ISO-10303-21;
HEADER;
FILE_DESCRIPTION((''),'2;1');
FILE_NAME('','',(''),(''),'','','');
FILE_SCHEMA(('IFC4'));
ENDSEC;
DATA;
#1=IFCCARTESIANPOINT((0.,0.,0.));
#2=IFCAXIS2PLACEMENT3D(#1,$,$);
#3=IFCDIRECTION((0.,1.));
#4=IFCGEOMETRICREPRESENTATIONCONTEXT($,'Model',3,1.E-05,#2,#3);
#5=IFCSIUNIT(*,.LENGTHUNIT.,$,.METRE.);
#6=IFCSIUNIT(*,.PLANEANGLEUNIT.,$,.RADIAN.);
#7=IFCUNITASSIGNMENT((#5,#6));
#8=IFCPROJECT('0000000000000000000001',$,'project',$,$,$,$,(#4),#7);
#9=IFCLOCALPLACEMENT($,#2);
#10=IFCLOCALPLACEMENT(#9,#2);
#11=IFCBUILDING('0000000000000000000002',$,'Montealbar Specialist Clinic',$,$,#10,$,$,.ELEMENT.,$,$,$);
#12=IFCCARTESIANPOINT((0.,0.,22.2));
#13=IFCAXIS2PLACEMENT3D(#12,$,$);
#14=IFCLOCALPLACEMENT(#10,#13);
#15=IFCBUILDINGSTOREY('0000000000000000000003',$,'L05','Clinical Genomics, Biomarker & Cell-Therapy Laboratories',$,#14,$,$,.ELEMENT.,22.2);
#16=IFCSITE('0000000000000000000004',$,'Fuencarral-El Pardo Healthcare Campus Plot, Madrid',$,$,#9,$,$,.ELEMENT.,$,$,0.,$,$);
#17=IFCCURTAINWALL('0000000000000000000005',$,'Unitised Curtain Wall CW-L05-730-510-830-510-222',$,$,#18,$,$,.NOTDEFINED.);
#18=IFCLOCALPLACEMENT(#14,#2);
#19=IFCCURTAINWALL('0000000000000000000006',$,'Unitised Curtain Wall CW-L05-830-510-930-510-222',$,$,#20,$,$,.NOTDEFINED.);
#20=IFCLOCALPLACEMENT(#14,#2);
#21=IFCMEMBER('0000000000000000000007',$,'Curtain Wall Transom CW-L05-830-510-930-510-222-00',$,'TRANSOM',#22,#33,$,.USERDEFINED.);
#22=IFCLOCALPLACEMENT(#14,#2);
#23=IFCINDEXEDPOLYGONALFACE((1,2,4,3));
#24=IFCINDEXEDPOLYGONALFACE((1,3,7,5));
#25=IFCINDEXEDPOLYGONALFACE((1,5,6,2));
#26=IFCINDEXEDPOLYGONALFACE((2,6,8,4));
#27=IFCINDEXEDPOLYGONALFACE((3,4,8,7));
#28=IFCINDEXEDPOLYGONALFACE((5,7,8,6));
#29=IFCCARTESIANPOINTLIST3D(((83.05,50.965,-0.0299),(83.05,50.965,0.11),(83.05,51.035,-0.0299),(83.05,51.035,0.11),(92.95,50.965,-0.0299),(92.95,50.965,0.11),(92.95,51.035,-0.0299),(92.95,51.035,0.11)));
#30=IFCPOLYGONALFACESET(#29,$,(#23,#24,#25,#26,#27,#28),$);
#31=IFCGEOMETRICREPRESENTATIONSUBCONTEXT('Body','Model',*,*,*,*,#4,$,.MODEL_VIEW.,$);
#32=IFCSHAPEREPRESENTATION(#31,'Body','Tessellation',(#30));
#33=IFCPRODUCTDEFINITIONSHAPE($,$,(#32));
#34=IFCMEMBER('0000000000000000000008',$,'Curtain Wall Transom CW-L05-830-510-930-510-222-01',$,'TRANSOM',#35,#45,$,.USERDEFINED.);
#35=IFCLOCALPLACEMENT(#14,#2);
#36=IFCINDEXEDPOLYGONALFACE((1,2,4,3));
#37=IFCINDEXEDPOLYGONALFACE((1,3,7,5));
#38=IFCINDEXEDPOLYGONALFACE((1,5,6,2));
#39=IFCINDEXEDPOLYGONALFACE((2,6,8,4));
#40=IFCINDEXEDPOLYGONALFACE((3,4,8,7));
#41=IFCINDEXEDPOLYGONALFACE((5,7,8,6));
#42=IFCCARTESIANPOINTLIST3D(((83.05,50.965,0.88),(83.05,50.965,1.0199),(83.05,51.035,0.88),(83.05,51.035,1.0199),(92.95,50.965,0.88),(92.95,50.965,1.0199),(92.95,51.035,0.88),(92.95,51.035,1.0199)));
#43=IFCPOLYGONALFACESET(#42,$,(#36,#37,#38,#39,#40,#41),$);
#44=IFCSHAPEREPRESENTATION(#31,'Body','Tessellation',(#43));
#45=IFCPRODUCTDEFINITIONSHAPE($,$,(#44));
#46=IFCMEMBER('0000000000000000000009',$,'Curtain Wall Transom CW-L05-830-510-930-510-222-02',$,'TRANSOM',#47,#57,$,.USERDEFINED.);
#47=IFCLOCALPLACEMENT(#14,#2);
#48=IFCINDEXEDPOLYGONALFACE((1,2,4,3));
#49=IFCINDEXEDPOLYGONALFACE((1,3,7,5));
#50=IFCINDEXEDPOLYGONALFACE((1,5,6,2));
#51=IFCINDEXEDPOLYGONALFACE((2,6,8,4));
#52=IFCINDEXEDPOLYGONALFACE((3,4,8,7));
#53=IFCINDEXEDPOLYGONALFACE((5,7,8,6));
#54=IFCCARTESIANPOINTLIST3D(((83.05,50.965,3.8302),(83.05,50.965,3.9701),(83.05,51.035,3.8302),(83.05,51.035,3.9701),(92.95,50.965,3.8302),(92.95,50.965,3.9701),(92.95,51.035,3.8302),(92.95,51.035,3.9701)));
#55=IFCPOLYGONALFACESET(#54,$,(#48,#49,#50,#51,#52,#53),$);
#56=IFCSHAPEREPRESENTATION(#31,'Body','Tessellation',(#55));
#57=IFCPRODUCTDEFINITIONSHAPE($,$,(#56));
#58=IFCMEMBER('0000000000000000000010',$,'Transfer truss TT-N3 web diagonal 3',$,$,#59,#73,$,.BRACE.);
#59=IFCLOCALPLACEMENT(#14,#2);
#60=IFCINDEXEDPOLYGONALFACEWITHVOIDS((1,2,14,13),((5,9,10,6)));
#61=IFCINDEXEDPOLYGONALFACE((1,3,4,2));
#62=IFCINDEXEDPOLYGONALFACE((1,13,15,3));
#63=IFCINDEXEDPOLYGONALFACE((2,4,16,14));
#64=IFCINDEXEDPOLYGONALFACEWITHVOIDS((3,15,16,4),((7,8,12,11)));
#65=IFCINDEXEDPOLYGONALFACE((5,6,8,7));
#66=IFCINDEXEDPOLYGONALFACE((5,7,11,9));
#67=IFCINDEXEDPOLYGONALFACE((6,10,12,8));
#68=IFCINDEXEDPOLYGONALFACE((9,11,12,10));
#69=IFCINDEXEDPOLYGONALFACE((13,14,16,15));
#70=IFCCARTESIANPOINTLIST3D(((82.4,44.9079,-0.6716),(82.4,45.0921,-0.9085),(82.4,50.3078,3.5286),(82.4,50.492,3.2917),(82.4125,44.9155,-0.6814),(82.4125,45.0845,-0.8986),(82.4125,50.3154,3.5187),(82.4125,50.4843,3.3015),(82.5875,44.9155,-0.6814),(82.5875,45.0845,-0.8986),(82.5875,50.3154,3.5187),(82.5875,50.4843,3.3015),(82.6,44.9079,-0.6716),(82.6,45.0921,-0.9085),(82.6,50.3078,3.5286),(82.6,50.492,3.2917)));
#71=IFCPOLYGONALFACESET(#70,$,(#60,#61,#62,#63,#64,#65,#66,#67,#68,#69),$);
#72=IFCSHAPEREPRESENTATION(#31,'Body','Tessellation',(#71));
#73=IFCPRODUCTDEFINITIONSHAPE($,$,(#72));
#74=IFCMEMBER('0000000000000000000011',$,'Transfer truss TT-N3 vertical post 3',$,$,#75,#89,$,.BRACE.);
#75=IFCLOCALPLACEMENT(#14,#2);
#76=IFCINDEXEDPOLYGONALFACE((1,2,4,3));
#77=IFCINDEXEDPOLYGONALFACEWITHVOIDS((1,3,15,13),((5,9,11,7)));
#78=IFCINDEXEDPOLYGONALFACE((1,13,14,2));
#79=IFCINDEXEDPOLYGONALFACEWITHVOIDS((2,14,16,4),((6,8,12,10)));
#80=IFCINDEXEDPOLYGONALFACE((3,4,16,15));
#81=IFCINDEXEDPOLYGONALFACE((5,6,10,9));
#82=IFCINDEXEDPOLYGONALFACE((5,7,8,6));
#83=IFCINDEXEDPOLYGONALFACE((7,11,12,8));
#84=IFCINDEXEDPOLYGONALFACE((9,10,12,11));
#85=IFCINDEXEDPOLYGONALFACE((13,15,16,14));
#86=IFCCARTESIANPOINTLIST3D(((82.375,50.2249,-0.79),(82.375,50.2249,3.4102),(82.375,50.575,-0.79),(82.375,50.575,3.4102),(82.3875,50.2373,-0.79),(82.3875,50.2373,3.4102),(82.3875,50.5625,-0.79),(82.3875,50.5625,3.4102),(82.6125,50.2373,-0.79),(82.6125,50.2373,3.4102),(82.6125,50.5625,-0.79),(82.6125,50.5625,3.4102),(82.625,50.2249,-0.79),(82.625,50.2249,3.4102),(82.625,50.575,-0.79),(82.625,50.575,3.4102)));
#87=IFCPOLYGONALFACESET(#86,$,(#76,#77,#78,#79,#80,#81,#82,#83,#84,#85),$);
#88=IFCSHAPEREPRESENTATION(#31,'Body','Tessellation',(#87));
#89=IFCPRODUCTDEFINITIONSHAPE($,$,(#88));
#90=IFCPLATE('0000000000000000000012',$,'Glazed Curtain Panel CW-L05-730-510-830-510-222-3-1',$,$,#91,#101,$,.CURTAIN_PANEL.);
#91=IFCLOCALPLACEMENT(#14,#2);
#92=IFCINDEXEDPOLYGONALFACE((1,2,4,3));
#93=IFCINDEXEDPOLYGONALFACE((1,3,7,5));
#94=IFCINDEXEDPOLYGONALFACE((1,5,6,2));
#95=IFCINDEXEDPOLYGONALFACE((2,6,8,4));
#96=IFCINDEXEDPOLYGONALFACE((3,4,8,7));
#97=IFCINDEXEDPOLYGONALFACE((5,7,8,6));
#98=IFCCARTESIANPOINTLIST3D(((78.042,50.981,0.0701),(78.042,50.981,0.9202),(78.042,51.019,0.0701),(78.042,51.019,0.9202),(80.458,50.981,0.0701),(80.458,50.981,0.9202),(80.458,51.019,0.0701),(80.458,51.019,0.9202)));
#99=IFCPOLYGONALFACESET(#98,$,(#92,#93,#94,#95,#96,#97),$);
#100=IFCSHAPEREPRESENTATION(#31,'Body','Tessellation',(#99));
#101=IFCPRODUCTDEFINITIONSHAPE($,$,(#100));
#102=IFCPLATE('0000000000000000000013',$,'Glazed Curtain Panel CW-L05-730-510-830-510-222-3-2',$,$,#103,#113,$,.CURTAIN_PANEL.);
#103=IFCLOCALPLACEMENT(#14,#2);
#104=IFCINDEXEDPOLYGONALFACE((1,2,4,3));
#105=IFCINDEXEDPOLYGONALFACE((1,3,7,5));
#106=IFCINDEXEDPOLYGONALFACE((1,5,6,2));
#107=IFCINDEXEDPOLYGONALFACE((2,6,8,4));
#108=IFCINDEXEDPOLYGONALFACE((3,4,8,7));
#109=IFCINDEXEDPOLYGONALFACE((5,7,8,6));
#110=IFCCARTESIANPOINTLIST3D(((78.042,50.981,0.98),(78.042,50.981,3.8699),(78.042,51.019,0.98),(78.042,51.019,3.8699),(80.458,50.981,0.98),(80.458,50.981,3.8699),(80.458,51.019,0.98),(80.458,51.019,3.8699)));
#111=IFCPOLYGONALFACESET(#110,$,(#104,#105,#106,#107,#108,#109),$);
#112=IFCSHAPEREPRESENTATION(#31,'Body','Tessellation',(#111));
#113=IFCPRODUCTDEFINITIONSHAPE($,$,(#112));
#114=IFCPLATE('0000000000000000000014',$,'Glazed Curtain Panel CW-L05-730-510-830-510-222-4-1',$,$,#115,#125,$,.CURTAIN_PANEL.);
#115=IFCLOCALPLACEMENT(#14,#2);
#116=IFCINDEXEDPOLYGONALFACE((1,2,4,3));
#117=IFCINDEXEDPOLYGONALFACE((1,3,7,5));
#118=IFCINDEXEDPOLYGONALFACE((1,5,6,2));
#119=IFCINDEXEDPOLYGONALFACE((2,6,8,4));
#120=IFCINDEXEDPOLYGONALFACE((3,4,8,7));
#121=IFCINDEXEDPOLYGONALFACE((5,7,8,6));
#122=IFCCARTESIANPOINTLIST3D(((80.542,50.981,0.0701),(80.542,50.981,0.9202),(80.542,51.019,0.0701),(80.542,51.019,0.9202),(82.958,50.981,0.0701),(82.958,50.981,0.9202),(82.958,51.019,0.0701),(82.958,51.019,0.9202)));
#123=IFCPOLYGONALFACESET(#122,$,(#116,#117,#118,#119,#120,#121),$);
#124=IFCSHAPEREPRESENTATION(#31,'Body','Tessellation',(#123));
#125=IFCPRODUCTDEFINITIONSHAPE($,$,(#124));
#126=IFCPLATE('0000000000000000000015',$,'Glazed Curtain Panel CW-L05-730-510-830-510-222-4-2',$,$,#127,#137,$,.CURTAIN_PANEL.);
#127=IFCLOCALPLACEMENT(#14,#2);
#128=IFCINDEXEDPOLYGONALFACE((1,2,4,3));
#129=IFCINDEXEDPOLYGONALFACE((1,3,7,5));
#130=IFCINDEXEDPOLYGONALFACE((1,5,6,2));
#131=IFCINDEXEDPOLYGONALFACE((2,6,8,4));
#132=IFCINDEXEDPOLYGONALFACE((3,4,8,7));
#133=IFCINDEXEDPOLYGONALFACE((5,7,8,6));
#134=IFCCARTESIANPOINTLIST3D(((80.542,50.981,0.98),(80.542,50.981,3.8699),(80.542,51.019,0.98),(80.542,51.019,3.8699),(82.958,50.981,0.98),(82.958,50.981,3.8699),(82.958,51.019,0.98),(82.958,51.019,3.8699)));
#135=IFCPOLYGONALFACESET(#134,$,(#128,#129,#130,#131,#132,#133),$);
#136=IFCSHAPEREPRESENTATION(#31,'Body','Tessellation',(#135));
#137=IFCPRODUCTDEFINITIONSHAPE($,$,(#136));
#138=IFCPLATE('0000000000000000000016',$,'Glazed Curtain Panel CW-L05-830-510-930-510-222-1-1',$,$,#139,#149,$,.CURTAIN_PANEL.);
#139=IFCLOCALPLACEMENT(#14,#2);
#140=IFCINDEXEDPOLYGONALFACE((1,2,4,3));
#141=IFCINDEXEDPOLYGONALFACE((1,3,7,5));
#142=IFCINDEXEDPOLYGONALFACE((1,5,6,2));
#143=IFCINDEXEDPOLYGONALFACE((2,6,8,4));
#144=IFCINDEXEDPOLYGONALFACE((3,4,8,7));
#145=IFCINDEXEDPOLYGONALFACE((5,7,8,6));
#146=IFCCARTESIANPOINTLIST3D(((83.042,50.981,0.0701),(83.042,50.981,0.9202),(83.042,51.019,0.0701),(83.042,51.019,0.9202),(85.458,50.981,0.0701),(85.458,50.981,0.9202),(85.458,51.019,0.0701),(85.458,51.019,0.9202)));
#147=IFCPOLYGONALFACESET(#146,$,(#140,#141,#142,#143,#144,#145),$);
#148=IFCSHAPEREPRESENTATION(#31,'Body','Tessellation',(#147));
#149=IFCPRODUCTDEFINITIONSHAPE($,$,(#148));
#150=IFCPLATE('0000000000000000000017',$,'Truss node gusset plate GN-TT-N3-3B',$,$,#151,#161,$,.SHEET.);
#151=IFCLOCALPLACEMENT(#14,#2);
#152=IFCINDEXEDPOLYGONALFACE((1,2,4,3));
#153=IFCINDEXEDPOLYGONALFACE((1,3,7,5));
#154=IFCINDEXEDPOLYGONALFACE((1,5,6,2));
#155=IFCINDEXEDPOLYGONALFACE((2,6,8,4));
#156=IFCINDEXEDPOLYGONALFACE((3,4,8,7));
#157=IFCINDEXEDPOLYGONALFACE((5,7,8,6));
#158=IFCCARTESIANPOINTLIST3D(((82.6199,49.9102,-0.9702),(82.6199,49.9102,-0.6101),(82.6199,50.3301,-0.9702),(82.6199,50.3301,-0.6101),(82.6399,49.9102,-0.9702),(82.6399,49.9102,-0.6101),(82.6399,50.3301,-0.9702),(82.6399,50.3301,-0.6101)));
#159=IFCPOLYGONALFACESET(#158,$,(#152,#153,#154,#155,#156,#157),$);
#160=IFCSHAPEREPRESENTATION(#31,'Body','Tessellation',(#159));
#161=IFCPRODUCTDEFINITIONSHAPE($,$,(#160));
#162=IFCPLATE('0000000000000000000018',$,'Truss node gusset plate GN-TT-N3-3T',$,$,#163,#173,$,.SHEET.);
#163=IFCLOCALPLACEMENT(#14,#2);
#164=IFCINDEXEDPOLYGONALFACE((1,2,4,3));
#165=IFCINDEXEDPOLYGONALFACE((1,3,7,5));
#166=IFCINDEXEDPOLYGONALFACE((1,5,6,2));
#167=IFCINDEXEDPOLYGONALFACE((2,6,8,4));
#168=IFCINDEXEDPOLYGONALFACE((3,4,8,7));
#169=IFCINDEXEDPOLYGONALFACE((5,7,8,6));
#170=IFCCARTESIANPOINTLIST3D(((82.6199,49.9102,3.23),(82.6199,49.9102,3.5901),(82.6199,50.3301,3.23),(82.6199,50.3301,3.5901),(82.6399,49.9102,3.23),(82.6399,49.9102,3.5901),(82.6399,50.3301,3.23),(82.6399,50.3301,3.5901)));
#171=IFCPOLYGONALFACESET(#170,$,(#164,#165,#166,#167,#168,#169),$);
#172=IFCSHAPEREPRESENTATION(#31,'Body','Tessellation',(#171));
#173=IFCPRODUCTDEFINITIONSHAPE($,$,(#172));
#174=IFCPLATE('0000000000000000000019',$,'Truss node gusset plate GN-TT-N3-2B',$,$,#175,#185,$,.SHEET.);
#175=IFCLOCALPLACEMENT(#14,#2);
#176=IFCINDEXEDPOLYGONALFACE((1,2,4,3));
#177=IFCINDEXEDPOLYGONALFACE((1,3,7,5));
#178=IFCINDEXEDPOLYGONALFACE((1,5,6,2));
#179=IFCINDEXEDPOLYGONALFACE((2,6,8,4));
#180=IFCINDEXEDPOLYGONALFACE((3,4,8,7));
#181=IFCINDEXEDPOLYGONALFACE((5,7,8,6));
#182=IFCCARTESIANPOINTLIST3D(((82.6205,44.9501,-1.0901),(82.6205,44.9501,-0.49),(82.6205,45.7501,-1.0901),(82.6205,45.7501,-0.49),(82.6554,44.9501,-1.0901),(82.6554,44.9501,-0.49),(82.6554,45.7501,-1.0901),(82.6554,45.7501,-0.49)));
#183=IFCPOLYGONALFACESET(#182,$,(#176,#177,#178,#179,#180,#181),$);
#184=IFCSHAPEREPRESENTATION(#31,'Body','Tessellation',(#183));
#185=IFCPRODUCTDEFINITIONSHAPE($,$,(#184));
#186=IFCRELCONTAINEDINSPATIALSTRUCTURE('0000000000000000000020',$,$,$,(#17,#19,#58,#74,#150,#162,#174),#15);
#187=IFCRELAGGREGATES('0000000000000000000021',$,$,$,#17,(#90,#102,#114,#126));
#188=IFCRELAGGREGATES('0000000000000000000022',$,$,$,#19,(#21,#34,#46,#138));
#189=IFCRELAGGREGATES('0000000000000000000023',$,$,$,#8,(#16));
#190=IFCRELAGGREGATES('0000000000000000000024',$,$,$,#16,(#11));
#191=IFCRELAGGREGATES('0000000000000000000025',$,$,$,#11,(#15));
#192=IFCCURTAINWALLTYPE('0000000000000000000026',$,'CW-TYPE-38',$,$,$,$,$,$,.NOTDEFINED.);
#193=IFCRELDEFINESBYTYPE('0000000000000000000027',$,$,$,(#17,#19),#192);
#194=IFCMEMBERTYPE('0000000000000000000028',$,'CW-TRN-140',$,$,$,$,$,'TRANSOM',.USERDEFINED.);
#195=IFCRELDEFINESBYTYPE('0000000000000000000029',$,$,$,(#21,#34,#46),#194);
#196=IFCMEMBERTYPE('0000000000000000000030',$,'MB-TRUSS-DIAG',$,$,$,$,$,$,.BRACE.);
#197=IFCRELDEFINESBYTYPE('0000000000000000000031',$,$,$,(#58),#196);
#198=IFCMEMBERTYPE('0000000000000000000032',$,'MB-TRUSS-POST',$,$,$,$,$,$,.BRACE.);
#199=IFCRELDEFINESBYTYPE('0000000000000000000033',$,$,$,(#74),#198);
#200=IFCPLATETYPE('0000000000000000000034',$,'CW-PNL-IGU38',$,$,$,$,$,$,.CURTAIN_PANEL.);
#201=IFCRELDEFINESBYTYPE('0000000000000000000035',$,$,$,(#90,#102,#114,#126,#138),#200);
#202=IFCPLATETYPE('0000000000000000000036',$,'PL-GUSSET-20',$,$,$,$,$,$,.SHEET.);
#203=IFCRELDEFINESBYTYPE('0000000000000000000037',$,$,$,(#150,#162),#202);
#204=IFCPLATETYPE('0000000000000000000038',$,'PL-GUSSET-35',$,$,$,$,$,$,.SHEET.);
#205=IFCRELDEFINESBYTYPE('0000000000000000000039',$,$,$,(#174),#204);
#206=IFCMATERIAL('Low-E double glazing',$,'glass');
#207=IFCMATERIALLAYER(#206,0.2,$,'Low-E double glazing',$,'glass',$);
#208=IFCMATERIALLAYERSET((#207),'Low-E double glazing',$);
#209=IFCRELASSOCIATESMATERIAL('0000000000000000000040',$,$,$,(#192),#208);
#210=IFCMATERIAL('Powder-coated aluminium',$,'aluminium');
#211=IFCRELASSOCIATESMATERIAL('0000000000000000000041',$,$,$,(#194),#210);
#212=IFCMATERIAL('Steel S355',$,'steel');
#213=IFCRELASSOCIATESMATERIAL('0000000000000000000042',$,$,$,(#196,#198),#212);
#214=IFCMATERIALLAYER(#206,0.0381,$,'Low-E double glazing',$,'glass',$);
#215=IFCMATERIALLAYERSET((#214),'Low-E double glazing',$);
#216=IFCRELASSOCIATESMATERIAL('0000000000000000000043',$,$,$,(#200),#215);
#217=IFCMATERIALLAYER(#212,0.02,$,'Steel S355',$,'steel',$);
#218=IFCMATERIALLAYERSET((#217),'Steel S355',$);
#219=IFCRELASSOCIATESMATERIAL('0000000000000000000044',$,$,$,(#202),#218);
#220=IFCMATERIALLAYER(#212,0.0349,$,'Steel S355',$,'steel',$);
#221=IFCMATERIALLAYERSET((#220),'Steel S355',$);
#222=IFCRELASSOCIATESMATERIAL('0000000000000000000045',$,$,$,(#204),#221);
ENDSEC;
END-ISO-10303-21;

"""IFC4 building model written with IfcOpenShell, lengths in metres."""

from ifc_helpers import new_model, si_unit, direction, frame, origin, origin_2d, place, context, subcontext, project, spatial, rectangle, hollow_rectangle, extrude, material, layer, layer_set, material_profile, profile_set, type_object, element, aggregate, save


model = new_model("IFC4")

# Units and contexts
model_context = context("Model", 3, precision=1e-05, world=origin(), true_north=direction((0.0, 1.0)))
body_context = subcontext(model_context, "Body", "Model", "MODEL_VIEW")
ifc_project = project(units=[si_unit("LENGTHUNIT", "METRE"), si_unit("PLANEANGLEUNIT", "RADIAN")], contexts=[model_context])

# Site, building, storey
site_placement = place(None, origin())
site = spatial("IfcSite", under=ifc_project, at=site_placement, Name="Fuencarral-El Pardo Healthcare Campus Plot, Madrid", CompositionType="ELEMENT", RefElevation=0.0)
building_placement = place(site_placement, origin())
building = spatial("IfcBuilding", under=site, at=building_placement, Name="Montealbar Specialist Clinic", CompositionType="ELEMENT")
storey_placement = place(building_placement, frame((0.0, 0.0, 22.2)))
storey = spatial("IfcBuildingStorey", under=building, at=storey_placement, Name="L05", Description="Clinical Genomics, Biomarker & Cell-Therapy Laboratories", CompositionType="ELEMENT", Elevation=22.2)

# Shared definitions
ifc_material_1 = material(Name="Steel S355", Category="steel")

# Curtain walls, members
ifc_material_2 = material(Name="Low-E double glazing", Category="glass")
ifc_layer_1 = layer(ifc_material_2, 0.2, Name="Low-E double glazing", Category="glass")
ifc_layer_set_1 = layer_set([ifc_layer_1], Name="Low-E double glazing")
curtain_wall_type = type_object("IfcCurtainWallType", Name="CW-TYPE-38", PredefinedType="NOTDEFINED", material=ifc_layer_set_1)
curtain_wall_1_placement = place(storey_placement, origin())
curtain_wall_1 = element("IfcCurtainWall", 1, at=curtain_wall_1_placement, inside=storey, type_object=curtain_wall_type, Name="Unitised Curtain Wall CW-L05-730-510-830-510-222", PredefinedType="NOTDEFINED")
curtain_wall_2_placement = place(storey_placement, origin())
curtain_wall_2 = element("IfcCurtainWall", 2, at=curtain_wall_2_placement, inside=storey, type_object=curtain_wall_type, Name="Unitised Curtain Wall CW-L05-830-510-930-510-222", PredefinedType="NOTDEFINED")
ifc_material_3 = material(Name="Powder-coated aluminium", Category="aluminium")
ifc_material_profile_1 = material_profile(ifc_material_3, rectangle(XDim=0.0701, YDim=0.1399, at=origin_2d()), Name="ALU 70x140", Category="aluminium")
ifc_profile_set_1 = profile_set([ifc_material_profile_1], Name="Powder-coated aluminium")
member_type_1 = type_object("IfcMemberType", Name="CW-TRN-140", ElementType="TRANSOM", PredefinedType="USERDEFINED", material=ifc_profile_set_1)
member_1_placement = place(storey_placement, frame((83.05, 51.0, 0.04), z_axis=(1.0, 0.0, 0.0), x_axis=(0.0, 1.0, 0.0)))
member_1 = element("IfcMember", 3, at=member_1_placement, type_object=member_type_1, Name="Curtain Wall Transom CW-L05-830-510-930-510-222-00", ObjectType="TRANSOM", PredefinedType="USERDEFINED", context=body_context, shape_type="SweptSolid", body=[
    extrude(rectangle(XDim=0.0701, YDim=0.1399, at=origin_2d()), origin(), (0.0, 0.0, 1.0), 9.8999),
])
member_2_placement = place(storey_placement, frame((83.05, 51.0, 0.95), z_axis=(1.0, 0.0, 0.0), x_axis=(0.0, 1.0, 0.0)))
member_2 = element("IfcMember", 4, at=member_2_placement, type_object=member_type_1, Name="Curtain Wall Transom CW-L05-830-510-930-510-222-01", ObjectType="TRANSOM", PredefinedType="USERDEFINED", context=body_context, shape_type="SweptSolid", body=[
    extrude(rectangle(XDim=0.0701, YDim=0.1399, at=origin_2d()), origin(), (0.0, 0.0, 1.0), 9.8999),
])
member_3_placement = place(storey_placement, frame((83.05, 51.0, 3.9001), z_axis=(1.0, 0.0, 0.0), x_axis=(0.0, 1.0, 0.0)))
member_3 = element("IfcMember", 5, at=member_3_placement, type_object=member_type_1, Name="Curtain Wall Transom CW-L05-830-510-930-510-222-02", ObjectType="TRANSOM", PredefinedType="USERDEFINED", context=body_context, shape_type="SweptSolid", body=[
    extrude(rectangle(XDim=0.0701, YDim=0.1399, at=origin_2d()), origin(), (0.0, 0.0, 1.0), 9.8999),
])

# Members
ifc_material_profile_2 = material_profile(ifc_material_1, hollow_rectangle(XDim=0.2, YDim=0.3, WallThickness=0.0125, at=origin_2d()), Name="RHS 300x200x12.5", Category="steel")
ifc_profile_set_2 = profile_set([ifc_material_profile_2], Name="Steel S355")
member_type_2 = type_object("IfcMemberType", Name="MB-TRUSS-DIAG", PredefinedType="BRACE", material=ifc_profile_set_2)
member_4_placement = place(storey_placement, frame((82.5, 45.0, -0.79), z_axis=(0.0, 0.789333, 0.613965), x_axis=(-1.0, 0.0, 0.0)))
element("IfcMember", 6, at=member_4_placement, inside=storey, type_object=member_type_2, Name="Transfer truss TT-N3 web diagonal 3", PredefinedType="BRACE", context=body_context, shape_type="SweptSolid", body=[
    extrude(hollow_rectangle(XDim=0.2, YDim=0.3, WallThickness=0.0125, at=origin_2d()), origin(), (0.0, 0.0, 1.0), 6.8411),
])
ifc_material_profile_3 = material_profile(ifc_material_1, hollow_rectangle(XDim=0.25, YDim=0.3501, WallThickness=0.0125, at=origin_2d()), Name="RHS 350x250x12.5", Category="steel")
ifc_profile_set_3 = profile_set([ifc_material_profile_3], Name="Steel S355")
member_type_3 = type_object("IfcMemberType", Name="MB-TRUSS-POST", PredefinedType="BRACE", material=ifc_profile_set_3)
member_5_placement = place(storey_placement, frame((82.5, 50.3999, -0.79), z_axis=(0.0, 0.0, 1.0), x_axis=(1.0, 0.0, 0.0)))
element("IfcMember", 7, at=member_5_placement, inside=storey, type_object=member_type_3, Name="Transfer truss TT-N3 vertical post 3", PredefinedType="BRACE", context=body_context, shape_type="SweptSolid", body=[
    extrude(hollow_rectangle(XDim=0.25, YDim=0.3501, WallThickness=0.0125, at=origin_2d()), origin(), (0.0, 0.0, 1.0), 4.2002),
])

# Plates
ifc_layer_2 = layer(ifc_material_2, 0.0381, Name="Low-E double glazing", Category="glass")
ifc_layer_set_2 = layer_set([ifc_layer_2], Name="Low-E double glazing")
plate_type_1 = type_object("IfcPlateType", Name="CW-PNL-IGU38", PredefinedType="CURTAIN_PANEL", material=ifc_layer_set_2)
plate_1_placement = place(storey_placement, frame((79.25, 51.0, 0.0701), z_axis=(0.0, 0.0, 1.0), x_axis=(1.0, 0.0, 0.0)))
plate_1 = element("IfcPlate", 8, at=plate_1_placement, type_object=plate_type_1, Name="Glazed Curtain Panel CW-L05-730-510-830-510-222-3-1", PredefinedType="CURTAIN_PANEL", context=body_context, shape_type="SweptSolid", body=[
    extrude(rectangle(XDim=2.416, YDim=0.0381, at=origin_2d()), origin(), (0.0, 0.0, 1.0), 0.8501),
])
plate_2_placement = place(storey_placement, frame((79.25, 51.0, 0.98), z_axis=(0.0, 0.0, 1.0), x_axis=(1.0, 0.0, 0.0)))
plate_2 = element("IfcPlate", 9, at=plate_2_placement, type_object=plate_type_1, Name="Glazed Curtain Panel CW-L05-730-510-830-510-222-3-2", PredefinedType="CURTAIN_PANEL", context=body_context, shape_type="SweptSolid", body=[
    extrude(rectangle(XDim=2.416, YDim=0.0381, at=origin_2d()), origin(), (0.0, 0.0, 1.0), 2.8899),
])
plate_3_placement = place(storey_placement, frame((81.75, 51.0, 0.0701), z_axis=(0.0, 0.0, 1.0), x_axis=(1.0, 0.0, 0.0)))
plate_3 = element("IfcPlate", 10, at=plate_3_placement, type_object=plate_type_1, Name="Glazed Curtain Panel CW-L05-730-510-830-510-222-4-1", PredefinedType="CURTAIN_PANEL", context=body_context, shape_type="SweptSolid", body=[
    extrude(rectangle(XDim=2.416, YDim=0.0381, at=origin_2d()), origin(), (0.0, 0.0, 1.0), 0.8501),
])
plate_4_placement = place(storey_placement, frame((81.75, 51.0, 0.98), z_axis=(0.0, 0.0, 1.0), x_axis=(1.0, 0.0, 0.0)))
plate_4 = element("IfcPlate", 11, at=plate_4_placement, type_object=plate_type_1, Name="Glazed Curtain Panel CW-L05-730-510-830-510-222-4-2", PredefinedType="CURTAIN_PANEL", context=body_context, shape_type="SweptSolid", body=[
    extrude(rectangle(XDim=2.416, YDim=0.0381, at=origin_2d()), origin(), (0.0, 0.0, 1.0), 2.8899),
])
aggregate(curtain_wall_1, [plate_1, plate_2, plate_3, plate_4])
plate_5_placement = place(storey_placement, frame((84.25, 51.0, 0.0701), z_axis=(0.0, 0.0, 1.0), x_axis=(1.0, 0.0, 0.0)))
plate_5 = element("IfcPlate", 12, at=plate_5_placement, type_object=plate_type_1, Name="Glazed Curtain Panel CW-L05-830-510-930-510-222-1-1", PredefinedType="CURTAIN_PANEL", context=body_context, shape_type="SweptSolid", body=[
    extrude(rectangle(XDim=2.416, YDim=0.0381, at=origin_2d()), origin(), (0.0, 0.0, 1.0), 0.8501),
])
aggregate(curtain_wall_2, [member_1, member_2, member_3, plate_5])

# Plates
ifc_layer_3 = layer(ifc_material_1, 0.02, Name="Steel S355", Category="steel")
ifc_layer_set_3 = layer_set([ifc_layer_3], Name="Steel S355")
plate_type_2 = type_object("IfcPlateType", Name="PL-GUSSET-20", PredefinedType="SHEET", material=ifc_layer_set_3)
for number, where, z_axis, x_axis, name in (
    (13, (82.6299, 50.1201, -0.9702), (0.0, 0.0, 1.0), (0.0, 1.0, 0.0), "Truss node gusset plate GN-TT-N3-3B"),
    (14, (82.6299, 50.1201, 3.23), (0.0, 0.0, 1.0), (0.0, 1.0, 0.0), "Truss node gusset plate GN-TT-N3-3T"),
):
    element("IfcPlate", number, at=place(storey_placement, frame(where, z_axis=z_axis, x_axis=x_axis)), inside=storey, type_object=plate_type_2, Name=name, PredefinedType="SHEET", context=body_context, shape_type="SweptSolid", body=[
        extrude(rectangle(XDim=0.4199, YDim=0.02, at=origin_2d()), origin(), (0.0, 0.0, 1.0), 0.3601),
    ])
ifc_layer_4 = layer(ifc_material_1, 0.0349, Name="Steel S355", Category="steel")
ifc_layer_set_4 = layer_set([ifc_layer_4], Name="Steel S355")
plate_type_3 = type_object("IfcPlateType", Name="PL-GUSSET-35", PredefinedType="SHEET", material=ifc_layer_set_4)
for number, where, z_axis, x_axis, name in (
    (15, (82.6379, 45.3501, -1.0901), (0.0, 0.0, 1.0), (0.0, 1.0, 0.0), "Truss node gusset plate GN-TT-N3-2B"),
):
    element("IfcPlate", number, at=place(storey_placement, frame(where, z_axis=z_axis, x_axis=x_axis)), inside=storey, type_object=plate_type_3, Name=name, PredefinedType="SHEET", context=body_context, shape_type="SweptSolid", body=[
        extrude(rectangle(XDim=0.8, YDim=0.0349, at=origin_2d()), origin(), (0.0, 0.0, 1.0), 0.6001),
    ])

save(model, "model.ifc")
